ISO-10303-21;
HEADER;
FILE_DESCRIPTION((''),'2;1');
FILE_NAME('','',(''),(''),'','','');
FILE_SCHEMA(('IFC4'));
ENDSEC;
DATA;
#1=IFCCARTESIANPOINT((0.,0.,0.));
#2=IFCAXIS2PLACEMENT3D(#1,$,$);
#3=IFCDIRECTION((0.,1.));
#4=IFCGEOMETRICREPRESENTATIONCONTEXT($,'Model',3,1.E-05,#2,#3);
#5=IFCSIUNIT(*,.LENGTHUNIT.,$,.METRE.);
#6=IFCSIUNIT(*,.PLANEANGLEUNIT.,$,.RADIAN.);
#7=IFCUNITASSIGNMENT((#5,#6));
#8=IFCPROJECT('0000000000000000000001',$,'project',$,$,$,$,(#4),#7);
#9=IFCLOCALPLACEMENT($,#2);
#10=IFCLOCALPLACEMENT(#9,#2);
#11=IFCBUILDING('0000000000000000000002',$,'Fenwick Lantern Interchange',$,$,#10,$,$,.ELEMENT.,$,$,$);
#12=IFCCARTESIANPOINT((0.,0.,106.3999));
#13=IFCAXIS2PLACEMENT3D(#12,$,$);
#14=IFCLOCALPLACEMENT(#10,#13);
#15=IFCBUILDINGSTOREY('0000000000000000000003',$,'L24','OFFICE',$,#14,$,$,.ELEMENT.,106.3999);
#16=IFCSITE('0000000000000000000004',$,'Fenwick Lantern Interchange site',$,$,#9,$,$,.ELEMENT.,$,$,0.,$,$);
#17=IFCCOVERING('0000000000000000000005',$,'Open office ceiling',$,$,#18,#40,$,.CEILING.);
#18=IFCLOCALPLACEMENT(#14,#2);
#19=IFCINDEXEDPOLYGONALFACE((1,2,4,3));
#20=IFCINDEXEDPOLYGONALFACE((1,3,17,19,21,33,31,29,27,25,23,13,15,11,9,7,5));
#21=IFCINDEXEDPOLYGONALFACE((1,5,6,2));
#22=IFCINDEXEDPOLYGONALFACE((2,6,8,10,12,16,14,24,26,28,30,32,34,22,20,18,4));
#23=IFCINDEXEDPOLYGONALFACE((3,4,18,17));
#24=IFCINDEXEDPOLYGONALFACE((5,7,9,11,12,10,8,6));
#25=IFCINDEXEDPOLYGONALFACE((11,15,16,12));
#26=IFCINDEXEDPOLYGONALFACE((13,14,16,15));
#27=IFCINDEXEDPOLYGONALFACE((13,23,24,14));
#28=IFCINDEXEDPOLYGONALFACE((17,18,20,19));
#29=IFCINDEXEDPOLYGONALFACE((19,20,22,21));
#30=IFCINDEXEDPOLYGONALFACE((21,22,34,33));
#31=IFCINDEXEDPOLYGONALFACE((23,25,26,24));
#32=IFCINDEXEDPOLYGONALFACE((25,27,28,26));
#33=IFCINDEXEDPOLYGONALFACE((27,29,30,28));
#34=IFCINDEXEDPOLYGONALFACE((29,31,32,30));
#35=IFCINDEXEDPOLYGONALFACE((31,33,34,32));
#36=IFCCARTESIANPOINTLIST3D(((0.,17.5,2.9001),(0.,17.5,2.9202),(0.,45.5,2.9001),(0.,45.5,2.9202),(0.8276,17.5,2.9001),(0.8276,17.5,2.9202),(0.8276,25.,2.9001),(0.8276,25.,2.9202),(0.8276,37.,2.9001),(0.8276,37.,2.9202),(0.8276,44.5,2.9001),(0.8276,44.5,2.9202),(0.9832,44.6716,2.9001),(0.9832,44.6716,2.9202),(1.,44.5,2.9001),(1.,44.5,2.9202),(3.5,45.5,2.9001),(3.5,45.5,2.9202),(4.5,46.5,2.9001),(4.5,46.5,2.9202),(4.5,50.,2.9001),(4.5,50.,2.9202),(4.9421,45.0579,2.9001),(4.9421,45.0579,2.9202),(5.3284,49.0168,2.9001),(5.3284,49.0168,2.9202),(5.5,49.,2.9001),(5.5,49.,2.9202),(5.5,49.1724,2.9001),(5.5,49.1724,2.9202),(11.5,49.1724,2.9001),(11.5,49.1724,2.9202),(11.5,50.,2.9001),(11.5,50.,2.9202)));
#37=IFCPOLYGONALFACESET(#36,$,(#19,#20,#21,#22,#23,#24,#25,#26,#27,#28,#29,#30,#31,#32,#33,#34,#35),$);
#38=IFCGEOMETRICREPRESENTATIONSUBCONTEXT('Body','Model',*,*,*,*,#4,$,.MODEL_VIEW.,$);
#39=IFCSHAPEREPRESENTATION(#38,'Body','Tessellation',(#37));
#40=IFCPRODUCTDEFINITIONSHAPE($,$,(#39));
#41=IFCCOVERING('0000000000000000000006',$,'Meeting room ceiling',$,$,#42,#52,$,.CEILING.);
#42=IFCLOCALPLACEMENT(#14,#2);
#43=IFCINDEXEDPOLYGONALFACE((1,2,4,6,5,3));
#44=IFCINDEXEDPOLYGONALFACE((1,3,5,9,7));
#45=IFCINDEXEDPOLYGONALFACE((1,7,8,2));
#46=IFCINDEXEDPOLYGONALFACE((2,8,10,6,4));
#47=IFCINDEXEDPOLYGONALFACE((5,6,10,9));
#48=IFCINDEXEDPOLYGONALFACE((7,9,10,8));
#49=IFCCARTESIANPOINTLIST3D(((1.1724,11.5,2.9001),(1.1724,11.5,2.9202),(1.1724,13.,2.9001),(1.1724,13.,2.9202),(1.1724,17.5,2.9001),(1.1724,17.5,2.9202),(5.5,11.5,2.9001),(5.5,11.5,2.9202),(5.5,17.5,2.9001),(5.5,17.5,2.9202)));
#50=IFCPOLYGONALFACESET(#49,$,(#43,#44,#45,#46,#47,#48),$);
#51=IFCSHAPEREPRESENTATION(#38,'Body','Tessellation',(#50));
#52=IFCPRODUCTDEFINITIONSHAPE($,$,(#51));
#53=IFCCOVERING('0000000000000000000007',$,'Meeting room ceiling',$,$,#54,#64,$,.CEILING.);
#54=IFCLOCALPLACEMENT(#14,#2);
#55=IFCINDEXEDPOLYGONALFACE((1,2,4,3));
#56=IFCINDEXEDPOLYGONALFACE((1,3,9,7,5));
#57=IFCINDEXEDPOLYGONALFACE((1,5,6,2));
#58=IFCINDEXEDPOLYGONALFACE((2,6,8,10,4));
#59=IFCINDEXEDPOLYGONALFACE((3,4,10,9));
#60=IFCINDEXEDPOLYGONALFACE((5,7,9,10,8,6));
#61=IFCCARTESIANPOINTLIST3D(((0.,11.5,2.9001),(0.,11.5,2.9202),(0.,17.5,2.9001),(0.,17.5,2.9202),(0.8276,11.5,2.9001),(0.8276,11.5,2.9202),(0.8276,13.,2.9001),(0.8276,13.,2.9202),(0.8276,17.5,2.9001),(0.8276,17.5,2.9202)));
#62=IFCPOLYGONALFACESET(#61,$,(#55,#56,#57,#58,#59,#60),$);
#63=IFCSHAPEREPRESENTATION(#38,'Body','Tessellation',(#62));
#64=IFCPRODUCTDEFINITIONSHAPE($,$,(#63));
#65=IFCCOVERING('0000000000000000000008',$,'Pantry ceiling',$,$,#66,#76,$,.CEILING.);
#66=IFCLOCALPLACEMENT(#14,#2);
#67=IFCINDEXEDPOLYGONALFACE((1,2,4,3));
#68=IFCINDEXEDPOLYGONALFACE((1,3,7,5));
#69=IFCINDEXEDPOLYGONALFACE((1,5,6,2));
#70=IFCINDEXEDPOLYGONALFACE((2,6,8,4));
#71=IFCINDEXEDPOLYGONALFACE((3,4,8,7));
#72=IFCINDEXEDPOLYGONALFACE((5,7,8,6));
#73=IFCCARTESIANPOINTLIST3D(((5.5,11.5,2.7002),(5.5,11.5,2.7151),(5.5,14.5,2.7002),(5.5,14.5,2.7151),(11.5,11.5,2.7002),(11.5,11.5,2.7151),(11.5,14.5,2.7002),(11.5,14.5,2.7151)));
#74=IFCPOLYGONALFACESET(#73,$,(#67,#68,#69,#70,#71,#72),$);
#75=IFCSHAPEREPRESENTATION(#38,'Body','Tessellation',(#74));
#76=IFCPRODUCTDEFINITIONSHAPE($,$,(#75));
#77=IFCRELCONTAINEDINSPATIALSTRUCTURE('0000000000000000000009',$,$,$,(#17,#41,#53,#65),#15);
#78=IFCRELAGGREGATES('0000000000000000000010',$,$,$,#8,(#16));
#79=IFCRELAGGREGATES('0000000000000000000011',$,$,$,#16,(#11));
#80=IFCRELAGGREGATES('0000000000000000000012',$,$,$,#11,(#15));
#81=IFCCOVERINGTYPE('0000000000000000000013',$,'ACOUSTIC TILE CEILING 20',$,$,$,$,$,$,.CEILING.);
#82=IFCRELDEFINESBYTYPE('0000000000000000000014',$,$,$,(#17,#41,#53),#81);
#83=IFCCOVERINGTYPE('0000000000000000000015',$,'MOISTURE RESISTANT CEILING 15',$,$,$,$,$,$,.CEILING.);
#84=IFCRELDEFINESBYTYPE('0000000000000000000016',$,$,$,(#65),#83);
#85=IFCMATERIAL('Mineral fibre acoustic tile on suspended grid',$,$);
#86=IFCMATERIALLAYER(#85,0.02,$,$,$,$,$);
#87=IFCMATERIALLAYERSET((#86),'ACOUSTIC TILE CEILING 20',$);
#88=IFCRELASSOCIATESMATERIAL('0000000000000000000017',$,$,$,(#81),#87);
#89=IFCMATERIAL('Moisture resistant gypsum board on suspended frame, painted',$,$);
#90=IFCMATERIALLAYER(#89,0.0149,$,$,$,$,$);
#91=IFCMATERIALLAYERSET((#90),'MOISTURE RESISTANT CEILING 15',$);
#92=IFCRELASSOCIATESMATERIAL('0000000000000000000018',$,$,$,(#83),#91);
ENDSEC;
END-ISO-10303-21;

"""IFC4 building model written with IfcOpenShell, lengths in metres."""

from ifc_helpers import new_model, si_unit, direction, frame, origin, place, context, subcontext, project, spatial, polyline, outline, extrude, material, layer, layer_set, type_object, element, save


model = new_model("IFC4")

# Units and contexts
model_context = context("Model", 3, precision=1e-05, world=origin(), true_north=direction((0.0, 1.0)))
body_context = subcontext(model_context, "Body", "Model", "MODEL_VIEW")
ifc_project = project(units=[si_unit("LENGTHUNIT", "METRE"), si_unit("PLANEANGLEUNIT", "RADIAN")], contexts=[model_context])

# Site, building, storey
site_placement = place(None, origin())
site = spatial("IfcSite", under=ifc_project, at=site_placement, Name="Fenwick Lantern Interchange site", CompositionType="ELEMENT", RefElevation=0.0)
building_placement = place(site_placement, origin())
building = spatial("IfcBuilding", under=site, at=building_placement, Name="Fenwick Lantern Interchange", CompositionType="ELEMENT")
storey_placement = place(building_placement, frame((0.0, 0.0, 106.3999)))
storey = spatial("IfcBuildingStorey", under=building, at=storey_placement, Name="L24", Description="OFFICE", CompositionType="ELEMENT", Elevation=106.3999)

# Coverings
ifc_material_1 = material(Name="Mineral fibre acoustic tile on suspended grid")
ifc_layer_1 = layer(ifc_material_1, 0.02)
ifc_layer_set_1 = layer_set([ifc_layer_1], Name="ACOUSTIC TILE CEILING 20")
covering_type_1 = type_object("IfcCoveringType", Name="ACOUSTIC TILE CEILING 20", PredefinedType="CEILING", material=ifc_layer_set_1)
covering_1_placement = place(storey_placement, frame((0.0, 0.0, 2.9001)))
element("IfcCovering", 1, at=covering_1_placement, inside=storey, type_object=covering_type_1, Name="Open office ceiling", PredefinedType="CEILING", context=body_context, shape_type="SweptSolid", body=[
    extrude(outline(polyline([(3.5, 45.5), (0.0, 45.5), (0.0, 17.5), (0.8276, 17.5), (0.8276, 25.0), (0.8276, 37.0), (0.8276, 44.5), (1.0, 44.5), (0.9832, 44.6716), (4.9421, 45.0579), (5.3284, 49.0168), (5.5, 49.0), (5.5, 49.1724), (11.5, 49.1724), (11.5, 50.0), (4.5, 50.0), (4.5, 46.5), (3.5, 45.5)])), origin(), (0.0, 0.0, 1.0), 0.02),
])
covering_2_placement = place(storey_placement, frame((0.0, 0.0, 2.9001)))
element("IfcCovering", 2, at=covering_2_placement, inside=storey, type_object=covering_type_1, Name="Meeting room ceiling", PredefinedType="CEILING", context=body_context, shape_type="SweptSolid", body=[
    extrude(outline(polyline([(5.5, 17.5), (1.1724, 17.5), (1.1724, 13.0), (1.1724, 11.5), (5.5, 11.5), (5.5, 17.5)])), origin(), (0.0, 0.0, 1.0), 0.02),
])
covering_3_placement = place(storey_placement, frame((0.0, 0.0, 2.9001)))
element("IfcCovering", 3, at=covering_3_placement, inside=storey, type_object=covering_type_1, Name="Meeting room ceiling", PredefinedType="CEILING", context=body_context, shape_type="SweptSolid", body=[
    extrude(outline(polyline([(0.0, 11.5), (0.8276, 11.5), (0.8276, 13.0), (0.8276, 17.5), (0.0, 17.5), (0.0, 11.5)])), origin(), (0.0, 0.0, 1.0), 0.02),
])
ifc_material_2 = material(Name="Moisture resistant gypsum board on suspended frame, painted")
ifc_layer_2 = layer(ifc_material_2, 0.0149)
ifc_layer_set_2 = layer_set([ifc_layer_2], Name="MOISTURE RESISTANT CEILING 15")
covering_type_2 = type_object("IfcCoveringType", Name="MOISTURE RESISTANT CEILING 15", PredefinedType="CEILING", material=ifc_layer_set_2)
covering_4_placement = place(storey_placement, frame((0.0, 0.0, 2.7002)))
element("IfcCovering", 4, at=covering_4_placement, inside=storey, type_object=covering_type_2, Name="Pantry ceiling", PredefinedType="CEILING", context=body_context, shape_type="SweptSolid", body=[
    extrude(outline(polyline([(5.5, 14.5), (5.5, 11.5), (11.5, 11.5), (11.5, 14.5), (5.5, 14.5)])), origin(), (0.0, 0.0, 1.0), 0.0149),
])

save(model, "model.ifc")
